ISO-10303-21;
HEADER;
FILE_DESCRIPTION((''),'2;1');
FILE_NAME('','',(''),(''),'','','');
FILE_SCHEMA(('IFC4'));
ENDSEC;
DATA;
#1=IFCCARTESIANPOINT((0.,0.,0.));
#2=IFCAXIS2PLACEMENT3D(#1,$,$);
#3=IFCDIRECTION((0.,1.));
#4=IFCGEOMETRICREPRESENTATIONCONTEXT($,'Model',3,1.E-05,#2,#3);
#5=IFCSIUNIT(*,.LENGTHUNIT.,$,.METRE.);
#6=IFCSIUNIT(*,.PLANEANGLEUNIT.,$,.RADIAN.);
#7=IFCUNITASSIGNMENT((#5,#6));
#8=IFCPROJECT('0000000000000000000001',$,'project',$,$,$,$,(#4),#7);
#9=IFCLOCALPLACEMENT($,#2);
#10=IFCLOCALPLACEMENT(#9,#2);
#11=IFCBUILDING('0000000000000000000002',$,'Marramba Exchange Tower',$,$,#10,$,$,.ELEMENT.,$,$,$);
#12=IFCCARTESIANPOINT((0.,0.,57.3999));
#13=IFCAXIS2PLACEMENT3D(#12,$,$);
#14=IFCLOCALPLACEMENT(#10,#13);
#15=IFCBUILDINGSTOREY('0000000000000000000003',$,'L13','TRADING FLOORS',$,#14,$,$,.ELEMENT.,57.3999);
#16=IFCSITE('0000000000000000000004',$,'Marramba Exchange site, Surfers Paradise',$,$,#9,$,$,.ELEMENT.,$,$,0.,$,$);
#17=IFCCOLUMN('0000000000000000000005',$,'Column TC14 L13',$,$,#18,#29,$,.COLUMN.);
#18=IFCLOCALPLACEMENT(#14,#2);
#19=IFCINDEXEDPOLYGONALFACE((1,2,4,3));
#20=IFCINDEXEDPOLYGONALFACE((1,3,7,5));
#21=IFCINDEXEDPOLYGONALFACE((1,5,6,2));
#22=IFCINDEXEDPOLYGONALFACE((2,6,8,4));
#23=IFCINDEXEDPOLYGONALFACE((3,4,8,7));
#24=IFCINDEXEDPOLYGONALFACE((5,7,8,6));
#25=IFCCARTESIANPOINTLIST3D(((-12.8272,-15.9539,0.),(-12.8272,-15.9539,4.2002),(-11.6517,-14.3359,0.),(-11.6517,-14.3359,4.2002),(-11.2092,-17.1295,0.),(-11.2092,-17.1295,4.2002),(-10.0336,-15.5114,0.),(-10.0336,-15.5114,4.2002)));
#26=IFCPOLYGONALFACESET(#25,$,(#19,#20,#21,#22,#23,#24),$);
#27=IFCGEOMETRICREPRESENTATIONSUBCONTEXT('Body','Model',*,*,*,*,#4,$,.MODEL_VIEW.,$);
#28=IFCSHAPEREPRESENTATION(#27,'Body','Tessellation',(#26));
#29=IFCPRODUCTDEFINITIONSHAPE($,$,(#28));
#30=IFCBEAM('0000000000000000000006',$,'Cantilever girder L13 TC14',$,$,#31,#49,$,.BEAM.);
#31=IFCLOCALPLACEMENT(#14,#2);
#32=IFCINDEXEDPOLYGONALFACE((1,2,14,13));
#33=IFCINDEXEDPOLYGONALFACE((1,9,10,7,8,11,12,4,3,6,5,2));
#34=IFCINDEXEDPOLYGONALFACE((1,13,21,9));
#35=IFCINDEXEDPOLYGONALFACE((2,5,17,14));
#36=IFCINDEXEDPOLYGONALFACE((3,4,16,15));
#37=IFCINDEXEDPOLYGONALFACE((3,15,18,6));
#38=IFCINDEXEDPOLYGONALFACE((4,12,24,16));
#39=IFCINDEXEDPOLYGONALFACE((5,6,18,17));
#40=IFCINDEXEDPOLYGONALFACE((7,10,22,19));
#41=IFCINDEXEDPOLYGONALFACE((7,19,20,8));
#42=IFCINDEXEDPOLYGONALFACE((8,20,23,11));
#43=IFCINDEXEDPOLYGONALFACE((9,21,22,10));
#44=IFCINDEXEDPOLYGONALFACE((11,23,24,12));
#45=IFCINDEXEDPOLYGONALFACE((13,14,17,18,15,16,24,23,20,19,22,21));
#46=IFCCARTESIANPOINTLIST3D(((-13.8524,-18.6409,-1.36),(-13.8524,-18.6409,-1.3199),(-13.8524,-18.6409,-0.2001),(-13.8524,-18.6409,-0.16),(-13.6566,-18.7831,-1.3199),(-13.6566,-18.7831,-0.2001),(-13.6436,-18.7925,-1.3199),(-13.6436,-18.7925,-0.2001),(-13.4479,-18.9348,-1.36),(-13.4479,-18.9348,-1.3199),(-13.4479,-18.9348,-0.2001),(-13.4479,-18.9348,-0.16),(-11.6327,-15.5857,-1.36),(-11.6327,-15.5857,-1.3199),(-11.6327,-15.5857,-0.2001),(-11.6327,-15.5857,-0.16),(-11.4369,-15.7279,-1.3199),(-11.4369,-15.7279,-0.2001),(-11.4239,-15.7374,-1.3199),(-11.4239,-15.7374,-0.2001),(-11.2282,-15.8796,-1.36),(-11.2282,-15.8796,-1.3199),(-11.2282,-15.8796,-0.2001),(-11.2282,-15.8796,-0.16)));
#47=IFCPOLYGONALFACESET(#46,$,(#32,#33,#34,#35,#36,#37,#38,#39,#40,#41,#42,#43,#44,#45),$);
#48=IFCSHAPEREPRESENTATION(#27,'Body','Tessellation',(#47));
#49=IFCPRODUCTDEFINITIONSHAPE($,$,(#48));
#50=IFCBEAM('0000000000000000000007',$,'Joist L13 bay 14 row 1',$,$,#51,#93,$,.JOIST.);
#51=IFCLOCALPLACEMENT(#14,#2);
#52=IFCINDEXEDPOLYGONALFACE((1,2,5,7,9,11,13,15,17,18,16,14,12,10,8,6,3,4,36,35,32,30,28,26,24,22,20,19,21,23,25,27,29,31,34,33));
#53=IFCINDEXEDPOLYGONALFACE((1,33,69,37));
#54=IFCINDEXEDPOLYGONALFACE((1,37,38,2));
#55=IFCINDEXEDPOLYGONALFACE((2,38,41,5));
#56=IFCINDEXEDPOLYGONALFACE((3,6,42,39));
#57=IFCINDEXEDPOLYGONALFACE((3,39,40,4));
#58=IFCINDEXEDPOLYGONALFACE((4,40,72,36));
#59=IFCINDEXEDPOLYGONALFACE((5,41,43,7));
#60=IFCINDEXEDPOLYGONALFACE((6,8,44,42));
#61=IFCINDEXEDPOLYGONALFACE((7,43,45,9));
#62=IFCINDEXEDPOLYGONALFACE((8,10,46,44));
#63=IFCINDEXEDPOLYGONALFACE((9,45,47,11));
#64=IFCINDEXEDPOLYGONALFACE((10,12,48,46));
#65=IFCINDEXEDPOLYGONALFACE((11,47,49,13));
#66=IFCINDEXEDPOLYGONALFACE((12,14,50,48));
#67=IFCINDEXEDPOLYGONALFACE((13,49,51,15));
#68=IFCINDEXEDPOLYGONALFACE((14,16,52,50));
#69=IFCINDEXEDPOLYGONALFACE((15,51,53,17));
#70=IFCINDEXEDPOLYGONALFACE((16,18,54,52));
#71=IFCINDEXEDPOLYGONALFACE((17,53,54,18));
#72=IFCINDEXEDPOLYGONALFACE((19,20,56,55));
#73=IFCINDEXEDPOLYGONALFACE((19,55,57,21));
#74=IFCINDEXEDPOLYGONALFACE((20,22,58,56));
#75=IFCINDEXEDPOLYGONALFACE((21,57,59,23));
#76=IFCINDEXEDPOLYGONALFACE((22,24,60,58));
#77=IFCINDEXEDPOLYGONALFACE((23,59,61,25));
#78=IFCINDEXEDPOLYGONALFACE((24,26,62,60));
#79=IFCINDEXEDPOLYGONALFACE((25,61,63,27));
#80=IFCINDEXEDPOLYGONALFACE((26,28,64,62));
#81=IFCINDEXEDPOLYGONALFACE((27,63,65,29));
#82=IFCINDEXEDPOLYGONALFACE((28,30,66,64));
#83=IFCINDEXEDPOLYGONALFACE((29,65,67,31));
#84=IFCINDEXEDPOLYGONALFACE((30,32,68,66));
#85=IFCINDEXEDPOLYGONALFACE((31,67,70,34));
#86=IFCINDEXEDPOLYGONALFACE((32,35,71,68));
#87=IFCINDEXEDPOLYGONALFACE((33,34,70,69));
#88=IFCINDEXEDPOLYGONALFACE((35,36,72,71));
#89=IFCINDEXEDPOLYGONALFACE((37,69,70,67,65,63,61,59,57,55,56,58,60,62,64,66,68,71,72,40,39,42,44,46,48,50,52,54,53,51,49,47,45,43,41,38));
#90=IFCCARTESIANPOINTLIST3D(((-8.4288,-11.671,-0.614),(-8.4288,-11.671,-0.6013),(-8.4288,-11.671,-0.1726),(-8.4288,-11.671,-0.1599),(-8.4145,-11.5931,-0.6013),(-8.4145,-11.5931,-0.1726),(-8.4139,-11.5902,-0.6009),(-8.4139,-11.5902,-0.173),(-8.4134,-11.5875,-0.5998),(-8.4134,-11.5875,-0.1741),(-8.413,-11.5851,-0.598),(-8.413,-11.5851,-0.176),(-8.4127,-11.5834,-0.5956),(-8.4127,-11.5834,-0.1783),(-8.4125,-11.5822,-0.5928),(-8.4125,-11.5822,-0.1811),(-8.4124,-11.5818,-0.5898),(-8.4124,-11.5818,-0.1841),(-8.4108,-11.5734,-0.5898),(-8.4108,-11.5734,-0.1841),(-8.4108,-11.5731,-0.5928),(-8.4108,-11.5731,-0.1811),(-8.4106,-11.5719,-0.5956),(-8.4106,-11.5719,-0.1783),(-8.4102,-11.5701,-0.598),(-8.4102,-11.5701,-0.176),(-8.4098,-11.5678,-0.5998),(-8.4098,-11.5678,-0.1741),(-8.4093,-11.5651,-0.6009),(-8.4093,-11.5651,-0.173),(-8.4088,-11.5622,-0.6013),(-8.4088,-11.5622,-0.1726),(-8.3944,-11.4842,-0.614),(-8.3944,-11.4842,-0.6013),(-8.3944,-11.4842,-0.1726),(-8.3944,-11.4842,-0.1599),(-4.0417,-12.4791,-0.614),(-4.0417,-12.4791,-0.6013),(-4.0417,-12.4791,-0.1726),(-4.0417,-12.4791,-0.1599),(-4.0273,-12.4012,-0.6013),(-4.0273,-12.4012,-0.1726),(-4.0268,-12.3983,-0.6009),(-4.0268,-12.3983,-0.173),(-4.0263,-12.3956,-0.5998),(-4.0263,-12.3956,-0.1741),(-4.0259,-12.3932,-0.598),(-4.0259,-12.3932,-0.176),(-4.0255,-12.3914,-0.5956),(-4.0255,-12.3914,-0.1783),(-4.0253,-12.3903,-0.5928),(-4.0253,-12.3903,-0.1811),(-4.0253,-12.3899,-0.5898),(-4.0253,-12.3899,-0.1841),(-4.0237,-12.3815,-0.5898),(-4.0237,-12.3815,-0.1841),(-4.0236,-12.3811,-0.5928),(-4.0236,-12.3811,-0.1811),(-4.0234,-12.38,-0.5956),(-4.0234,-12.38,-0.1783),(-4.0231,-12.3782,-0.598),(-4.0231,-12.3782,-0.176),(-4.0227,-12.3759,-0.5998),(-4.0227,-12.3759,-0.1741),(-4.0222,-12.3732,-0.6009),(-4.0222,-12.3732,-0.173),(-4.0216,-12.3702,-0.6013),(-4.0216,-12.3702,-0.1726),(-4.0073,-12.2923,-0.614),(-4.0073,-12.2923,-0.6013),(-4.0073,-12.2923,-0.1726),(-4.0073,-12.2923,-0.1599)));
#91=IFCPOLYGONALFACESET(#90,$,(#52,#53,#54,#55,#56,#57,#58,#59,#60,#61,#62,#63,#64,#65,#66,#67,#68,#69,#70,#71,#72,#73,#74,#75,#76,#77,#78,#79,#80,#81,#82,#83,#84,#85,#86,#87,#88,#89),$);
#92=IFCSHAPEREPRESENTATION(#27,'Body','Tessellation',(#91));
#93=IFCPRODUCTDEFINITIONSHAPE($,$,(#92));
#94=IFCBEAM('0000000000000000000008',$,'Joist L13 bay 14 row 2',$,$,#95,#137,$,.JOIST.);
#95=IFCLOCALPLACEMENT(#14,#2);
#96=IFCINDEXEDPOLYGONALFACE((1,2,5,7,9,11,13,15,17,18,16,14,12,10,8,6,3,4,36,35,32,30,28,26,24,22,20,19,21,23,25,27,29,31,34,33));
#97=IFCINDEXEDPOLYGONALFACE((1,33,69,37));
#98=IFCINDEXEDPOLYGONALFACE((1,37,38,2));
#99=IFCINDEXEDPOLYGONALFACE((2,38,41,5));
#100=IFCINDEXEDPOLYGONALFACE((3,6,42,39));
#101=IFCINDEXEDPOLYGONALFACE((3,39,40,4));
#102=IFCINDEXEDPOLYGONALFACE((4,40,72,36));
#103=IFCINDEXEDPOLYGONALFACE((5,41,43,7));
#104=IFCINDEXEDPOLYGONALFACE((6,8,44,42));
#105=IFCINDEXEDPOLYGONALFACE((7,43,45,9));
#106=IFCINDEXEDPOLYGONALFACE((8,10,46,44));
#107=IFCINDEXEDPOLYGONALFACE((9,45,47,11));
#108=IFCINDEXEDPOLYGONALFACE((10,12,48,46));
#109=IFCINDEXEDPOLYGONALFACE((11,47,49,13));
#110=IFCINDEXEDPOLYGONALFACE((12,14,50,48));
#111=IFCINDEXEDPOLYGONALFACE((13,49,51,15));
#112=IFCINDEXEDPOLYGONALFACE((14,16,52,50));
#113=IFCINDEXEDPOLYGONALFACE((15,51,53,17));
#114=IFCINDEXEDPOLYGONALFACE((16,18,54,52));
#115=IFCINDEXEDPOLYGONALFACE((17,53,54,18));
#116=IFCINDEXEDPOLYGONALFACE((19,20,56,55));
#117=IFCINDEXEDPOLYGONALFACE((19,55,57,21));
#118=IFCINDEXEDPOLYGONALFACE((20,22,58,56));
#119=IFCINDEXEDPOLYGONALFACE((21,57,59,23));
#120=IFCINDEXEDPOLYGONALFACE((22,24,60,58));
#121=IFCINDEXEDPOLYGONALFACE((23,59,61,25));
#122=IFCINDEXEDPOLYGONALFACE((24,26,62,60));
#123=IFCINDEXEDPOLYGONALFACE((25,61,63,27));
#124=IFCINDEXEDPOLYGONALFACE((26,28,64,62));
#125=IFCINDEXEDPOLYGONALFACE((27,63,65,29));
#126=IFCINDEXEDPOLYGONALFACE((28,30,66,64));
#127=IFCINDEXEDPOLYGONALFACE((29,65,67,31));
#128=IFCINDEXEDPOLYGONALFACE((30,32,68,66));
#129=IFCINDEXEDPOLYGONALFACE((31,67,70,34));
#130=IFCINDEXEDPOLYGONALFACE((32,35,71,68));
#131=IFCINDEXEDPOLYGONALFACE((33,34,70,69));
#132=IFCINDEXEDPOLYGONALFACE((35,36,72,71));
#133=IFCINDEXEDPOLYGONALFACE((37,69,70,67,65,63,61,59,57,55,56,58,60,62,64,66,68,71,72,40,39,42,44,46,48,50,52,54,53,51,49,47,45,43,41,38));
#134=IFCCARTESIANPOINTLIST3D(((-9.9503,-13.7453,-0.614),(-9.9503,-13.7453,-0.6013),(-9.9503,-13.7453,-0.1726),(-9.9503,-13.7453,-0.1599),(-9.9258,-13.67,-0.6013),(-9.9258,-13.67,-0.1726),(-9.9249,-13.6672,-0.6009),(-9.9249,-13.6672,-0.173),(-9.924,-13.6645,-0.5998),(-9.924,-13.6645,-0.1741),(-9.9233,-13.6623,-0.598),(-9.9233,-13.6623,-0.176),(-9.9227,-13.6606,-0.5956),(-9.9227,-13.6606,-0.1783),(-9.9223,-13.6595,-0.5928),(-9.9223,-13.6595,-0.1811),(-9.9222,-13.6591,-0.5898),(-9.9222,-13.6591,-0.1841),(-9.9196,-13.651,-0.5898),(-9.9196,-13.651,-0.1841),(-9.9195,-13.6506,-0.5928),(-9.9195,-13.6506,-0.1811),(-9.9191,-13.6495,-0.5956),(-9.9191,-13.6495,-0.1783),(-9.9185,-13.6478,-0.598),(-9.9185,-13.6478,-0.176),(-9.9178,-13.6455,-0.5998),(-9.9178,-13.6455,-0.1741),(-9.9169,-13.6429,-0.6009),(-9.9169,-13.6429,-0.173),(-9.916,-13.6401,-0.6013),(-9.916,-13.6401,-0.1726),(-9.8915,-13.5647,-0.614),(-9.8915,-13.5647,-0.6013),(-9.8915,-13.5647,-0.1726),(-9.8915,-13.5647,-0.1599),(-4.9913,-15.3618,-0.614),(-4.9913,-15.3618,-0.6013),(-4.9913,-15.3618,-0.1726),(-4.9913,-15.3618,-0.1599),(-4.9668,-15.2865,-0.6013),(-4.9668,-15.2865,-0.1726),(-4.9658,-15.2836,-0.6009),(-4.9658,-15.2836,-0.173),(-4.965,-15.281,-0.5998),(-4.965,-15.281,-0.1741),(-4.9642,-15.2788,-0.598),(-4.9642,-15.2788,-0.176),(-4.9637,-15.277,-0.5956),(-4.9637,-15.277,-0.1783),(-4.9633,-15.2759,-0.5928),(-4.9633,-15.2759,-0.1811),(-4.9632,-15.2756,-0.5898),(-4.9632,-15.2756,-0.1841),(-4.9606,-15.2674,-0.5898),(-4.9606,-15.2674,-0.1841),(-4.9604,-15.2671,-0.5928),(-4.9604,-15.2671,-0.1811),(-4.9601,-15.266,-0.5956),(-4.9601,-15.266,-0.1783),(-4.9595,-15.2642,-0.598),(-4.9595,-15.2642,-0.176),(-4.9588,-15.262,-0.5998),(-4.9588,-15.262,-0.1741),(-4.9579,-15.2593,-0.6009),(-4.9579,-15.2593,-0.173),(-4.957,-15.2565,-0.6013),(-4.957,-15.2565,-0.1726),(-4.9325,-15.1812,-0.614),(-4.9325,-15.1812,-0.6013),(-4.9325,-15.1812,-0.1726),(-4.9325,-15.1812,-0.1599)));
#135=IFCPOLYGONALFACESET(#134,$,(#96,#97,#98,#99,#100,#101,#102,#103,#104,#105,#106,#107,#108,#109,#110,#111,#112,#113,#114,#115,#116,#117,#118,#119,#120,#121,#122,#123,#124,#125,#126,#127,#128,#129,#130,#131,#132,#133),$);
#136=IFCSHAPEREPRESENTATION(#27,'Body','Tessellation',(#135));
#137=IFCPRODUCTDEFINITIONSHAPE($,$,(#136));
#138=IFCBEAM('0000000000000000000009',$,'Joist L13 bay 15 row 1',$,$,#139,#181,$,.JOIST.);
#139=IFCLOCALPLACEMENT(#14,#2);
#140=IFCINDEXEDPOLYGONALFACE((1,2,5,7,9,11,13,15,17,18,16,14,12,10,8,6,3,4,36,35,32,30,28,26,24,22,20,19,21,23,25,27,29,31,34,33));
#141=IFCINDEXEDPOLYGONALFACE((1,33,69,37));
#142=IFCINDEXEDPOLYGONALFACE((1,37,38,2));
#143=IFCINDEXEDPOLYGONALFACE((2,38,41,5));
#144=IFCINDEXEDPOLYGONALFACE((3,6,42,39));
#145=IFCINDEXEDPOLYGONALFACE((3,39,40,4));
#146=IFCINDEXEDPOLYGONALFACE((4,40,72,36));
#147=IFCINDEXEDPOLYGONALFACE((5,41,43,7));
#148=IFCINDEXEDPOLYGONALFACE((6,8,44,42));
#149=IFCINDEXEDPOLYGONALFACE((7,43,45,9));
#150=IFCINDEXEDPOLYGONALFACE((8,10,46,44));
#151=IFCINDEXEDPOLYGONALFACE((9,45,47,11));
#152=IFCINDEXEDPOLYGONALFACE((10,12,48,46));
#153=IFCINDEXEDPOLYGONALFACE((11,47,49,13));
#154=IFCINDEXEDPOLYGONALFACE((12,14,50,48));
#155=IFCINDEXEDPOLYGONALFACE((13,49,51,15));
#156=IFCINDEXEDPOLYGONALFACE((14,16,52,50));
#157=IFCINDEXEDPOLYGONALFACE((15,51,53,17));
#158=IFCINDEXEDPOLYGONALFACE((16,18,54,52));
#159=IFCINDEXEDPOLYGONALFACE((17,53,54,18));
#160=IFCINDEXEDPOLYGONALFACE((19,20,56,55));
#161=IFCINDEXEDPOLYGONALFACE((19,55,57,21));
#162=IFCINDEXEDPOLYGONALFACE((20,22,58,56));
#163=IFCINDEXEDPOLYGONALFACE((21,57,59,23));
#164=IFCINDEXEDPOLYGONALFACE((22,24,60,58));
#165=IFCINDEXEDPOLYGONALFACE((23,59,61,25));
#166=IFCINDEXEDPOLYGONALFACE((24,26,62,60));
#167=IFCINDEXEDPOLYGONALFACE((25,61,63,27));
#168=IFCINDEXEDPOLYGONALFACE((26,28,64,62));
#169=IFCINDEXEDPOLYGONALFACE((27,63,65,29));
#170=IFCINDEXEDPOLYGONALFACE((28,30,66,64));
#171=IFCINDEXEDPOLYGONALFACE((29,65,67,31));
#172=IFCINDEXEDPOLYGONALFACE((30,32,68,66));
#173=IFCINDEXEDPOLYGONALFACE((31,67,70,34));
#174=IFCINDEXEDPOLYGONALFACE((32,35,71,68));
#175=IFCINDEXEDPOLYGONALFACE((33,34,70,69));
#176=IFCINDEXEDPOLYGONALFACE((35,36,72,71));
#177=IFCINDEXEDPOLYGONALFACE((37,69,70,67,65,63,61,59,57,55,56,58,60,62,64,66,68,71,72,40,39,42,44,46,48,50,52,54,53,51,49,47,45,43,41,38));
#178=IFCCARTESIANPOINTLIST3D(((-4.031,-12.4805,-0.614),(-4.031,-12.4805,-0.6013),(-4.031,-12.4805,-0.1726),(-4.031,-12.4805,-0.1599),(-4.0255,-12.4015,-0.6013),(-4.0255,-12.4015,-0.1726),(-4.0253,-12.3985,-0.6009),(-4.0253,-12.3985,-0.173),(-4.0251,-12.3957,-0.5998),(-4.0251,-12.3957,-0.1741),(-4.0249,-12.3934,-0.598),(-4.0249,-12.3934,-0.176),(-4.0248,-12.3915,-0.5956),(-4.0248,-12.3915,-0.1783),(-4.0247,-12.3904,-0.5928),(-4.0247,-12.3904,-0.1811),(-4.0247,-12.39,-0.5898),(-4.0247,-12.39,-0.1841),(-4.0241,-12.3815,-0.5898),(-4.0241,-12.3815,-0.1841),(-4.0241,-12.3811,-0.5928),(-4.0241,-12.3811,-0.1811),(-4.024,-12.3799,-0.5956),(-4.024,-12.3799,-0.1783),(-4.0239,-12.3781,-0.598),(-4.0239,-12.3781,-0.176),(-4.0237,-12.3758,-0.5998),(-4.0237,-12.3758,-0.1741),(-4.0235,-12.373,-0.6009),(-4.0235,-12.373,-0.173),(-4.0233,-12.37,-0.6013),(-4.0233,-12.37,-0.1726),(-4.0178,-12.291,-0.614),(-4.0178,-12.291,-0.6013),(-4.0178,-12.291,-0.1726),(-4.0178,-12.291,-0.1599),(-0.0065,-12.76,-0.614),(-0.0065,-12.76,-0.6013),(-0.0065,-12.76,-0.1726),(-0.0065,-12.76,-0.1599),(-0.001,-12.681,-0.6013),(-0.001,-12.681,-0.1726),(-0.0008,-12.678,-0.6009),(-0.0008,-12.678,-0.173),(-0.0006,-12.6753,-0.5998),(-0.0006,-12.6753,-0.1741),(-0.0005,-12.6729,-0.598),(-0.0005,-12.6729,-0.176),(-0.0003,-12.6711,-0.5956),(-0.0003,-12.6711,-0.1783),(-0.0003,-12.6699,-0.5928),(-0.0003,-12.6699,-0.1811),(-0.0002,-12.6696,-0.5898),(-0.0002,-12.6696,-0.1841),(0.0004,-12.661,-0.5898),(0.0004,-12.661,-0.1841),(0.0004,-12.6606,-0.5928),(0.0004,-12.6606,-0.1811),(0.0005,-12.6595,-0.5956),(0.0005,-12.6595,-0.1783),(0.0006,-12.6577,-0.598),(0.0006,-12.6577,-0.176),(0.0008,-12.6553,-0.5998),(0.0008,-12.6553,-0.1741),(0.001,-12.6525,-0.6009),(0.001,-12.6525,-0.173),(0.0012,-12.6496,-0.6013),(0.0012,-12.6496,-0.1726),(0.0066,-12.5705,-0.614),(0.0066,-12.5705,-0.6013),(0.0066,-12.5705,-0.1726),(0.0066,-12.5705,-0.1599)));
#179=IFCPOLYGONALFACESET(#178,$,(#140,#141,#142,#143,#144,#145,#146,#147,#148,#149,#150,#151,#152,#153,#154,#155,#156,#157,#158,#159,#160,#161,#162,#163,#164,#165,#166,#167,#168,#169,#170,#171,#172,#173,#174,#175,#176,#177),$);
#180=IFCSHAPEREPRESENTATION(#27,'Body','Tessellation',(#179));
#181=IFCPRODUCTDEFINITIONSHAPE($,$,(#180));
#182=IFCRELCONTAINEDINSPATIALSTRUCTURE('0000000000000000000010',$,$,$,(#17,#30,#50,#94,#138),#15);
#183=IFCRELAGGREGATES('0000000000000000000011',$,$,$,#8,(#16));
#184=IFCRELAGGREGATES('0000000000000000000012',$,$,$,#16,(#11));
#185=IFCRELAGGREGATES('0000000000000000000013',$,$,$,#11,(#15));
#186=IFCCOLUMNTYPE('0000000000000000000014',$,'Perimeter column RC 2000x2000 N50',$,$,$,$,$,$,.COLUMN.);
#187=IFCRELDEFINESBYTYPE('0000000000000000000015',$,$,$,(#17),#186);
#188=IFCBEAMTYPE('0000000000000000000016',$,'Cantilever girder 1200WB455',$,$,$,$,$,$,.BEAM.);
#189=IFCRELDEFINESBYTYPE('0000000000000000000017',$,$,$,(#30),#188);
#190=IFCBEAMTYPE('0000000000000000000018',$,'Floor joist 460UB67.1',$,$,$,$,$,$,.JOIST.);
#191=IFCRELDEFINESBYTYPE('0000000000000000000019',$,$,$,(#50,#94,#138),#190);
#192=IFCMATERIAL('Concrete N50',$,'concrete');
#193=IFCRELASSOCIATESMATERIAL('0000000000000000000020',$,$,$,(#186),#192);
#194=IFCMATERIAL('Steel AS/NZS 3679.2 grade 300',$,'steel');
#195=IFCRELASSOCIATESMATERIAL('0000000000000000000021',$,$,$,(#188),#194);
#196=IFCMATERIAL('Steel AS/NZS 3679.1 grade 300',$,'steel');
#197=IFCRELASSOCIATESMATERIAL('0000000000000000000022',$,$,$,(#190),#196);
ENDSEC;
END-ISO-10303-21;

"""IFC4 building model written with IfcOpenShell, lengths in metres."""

from ifc_helpers import new_model, si_unit, direction, frame, origin, origin_2d, place, context, subcontext, project, spatial, rectangle, i_section, extrude, material, material_profile, profile_set, type_object, element, save


model = new_model("IFC4")

# Units and contexts
model_context = context("Model", 3, precision=1e-05, world=origin(), true_north=direction((0.0, 1.0)))
body_context = subcontext(model_context, "Body", "Model", "MODEL_VIEW")
ifc_project = project(units=[si_unit("LENGTHUNIT", "METRE"), si_unit("PLANEANGLEUNIT", "RADIAN")], contexts=[model_context])

# Site, building, storey
site_placement = place(None, origin())
site = spatial("IfcSite", under=ifc_project, at=site_placement, Name="Marramba Exchange site, Surfers Paradise", CompositionType="ELEMENT", RefElevation=0.0)
building_placement = place(site_placement, origin())
building = spatial("IfcBuilding", under=site, at=building_placement, Name="Marramba Exchange Tower", CompositionType="ELEMENT")
storey_placement = place(building_placement, frame((0.0, 0.0, 57.3999)))
storey = spatial("IfcBuildingStorey", under=building, at=storey_placement, Name="L13", Description="TRADING FLOORS", CompositionType="ELEMENT", Elevation=57.3999)

# Column
ifc_material_1 = material(Name="Concrete N50", Category="concrete")
ifc_material_profile_1 = material_profile(ifc_material_1, rectangle(XDim=2.0, YDim=2.0, at=origin_2d()), Name="RC 2000x2000")
ifc_profile_set_1 = profile_set([ifc_material_profile_1], Name="Concrete N50")
column_type = type_object("IfcColumnType", Name="Perimeter column RC 2000x2000 N50", PredefinedType="COLUMN", material=ifc_profile_set_1)
column_placement = place(storey_placement, frame((-11.4304, -15.7327, 0.0), z_axis=(0.0, 0.0, 1.0), x_axis=(-0.587785, -0.809017, 0.0)))
element("IfcColumn", 1, at=column_placement, inside=storey, type_object=column_type, Name="Column TC14 L13", PredefinedType="COLUMN", context=body_context, shape_type="SweptSolid", body=[
    extrude(rectangle(XDim=2.0, YDim=2.0, at=origin_2d()), origin(), (0.0, 0.0, 1.0), 4.2002),
])

# Beams
ifc_material_2 = material(Name="Steel AS/NZS 3679.2 grade 300", Category="steel")
ifc_material_profile_2 = material_profile(ifc_material_2, i_section(OverallWidth=0.5, OverallDepth=1.2, WebThickness=0.0161, FlangeThickness=0.04, at=origin_2d()), Name="1200WB455")
ifc_profile_set_2 = profile_set([ifc_material_profile_2], Name="Steel AS/NZS 3679.2 grade 300")
beam_type_1 = type_object("IfcBeamType", Name="Cantilever girder 1200WB455", PredefinedType="BEAM", material=ifc_profile_set_2)
beam_1_placement = place(storey_placement, frame((-11.4304, -15.7327, -0.76), z_axis=(-0.587787, -0.809016, 0.0), x_axis=(0.809016, -0.587787, 0.0)))
element("IfcBeam", 2, at=beam_1_placement, inside=storey, type_object=beam_type_1, Name="Cantilever girder L13 TC14", PredefinedType="BEAM", context=body_context, shape_type="SweptSolid", body=[
    extrude(i_section(OverallWidth=0.5, OverallDepth=1.2, WebThickness=0.0161, FlangeThickness=0.04, at=origin_2d()), origin(), (0.0, 0.0, 1.0), 3.7764),
])
ifc_material_3 = material(Name="Steel AS/NZS 3679.1 grade 300", Category="steel")
ifc_material_profile_3 = material_profile(ifc_material_3, i_section(OverallWidth=0.1899, OverallDepth=0.4541, WebThickness=0.0085, FlangeThickness=0.0127, FilletRadius=0.0115, at=origin_2d()), Name="460UB67.1")
ifc_profile_set_3 = profile_set([ifc_material_profile_3], Name="Steel AS/NZS 3679.1 grade 300")
beam_type_2 = type_object("IfcBeamType", Name="Floor joist 460UB67.1", PredefinedType="JOIST", material=ifc_profile_set_3)
beam_2_placement = place(storey_placement, frame((-8.4116, -11.5776, -0.387), z_axis=(0.983456, -0.181149, 0.0), x_axis=(0.181149, 0.983456, 0.0)))
element("IfcBeam", 3, at=beam_2_placement, inside=storey, type_object=beam_type_2, Name="Joist L13 bay 14 row 1", PredefinedType="JOIST", context=body_context, shape_type="SweptSolid", body=[
    extrude(i_section(OverallWidth=0.1899, OverallDepth=0.4541, WebThickness=0.0085, FlangeThickness=0.0127, FilletRadius=0.0115, at=origin_2d()), origin(), (0.0, 0.0, 1.0), 4.4609),
])
beam_3_placement = place(storey_placement, frame((-9.9209, -13.655, -0.387), z_axis=(0.950764, -0.309916, 0.0), x_axis=(0.309916, 0.950764, 0.0)))
element("IfcBeam", 4, at=beam_3_placement, inside=storey, type_object=beam_type_2, Name="Joist L13 bay 14 row 2", PredefinedType="JOIST", context=body_context, shape_type="SweptSolid", body=[
    extrude(i_section(OverallWidth=0.1899, OverallDepth=0.4541, WebThickness=0.0085, FlangeThickness=0.0127, FilletRadius=0.0115, at=origin_2d()), origin(), (0.0, 0.0, 1.0), 5.2158),
])
beam_4_placement = place(storey_placement, frame((-4.0244, -12.3857, -0.387), z_axis=(0.997596, -0.069294, 0.0), x_axis=(0.069294, 0.997596, 0.0)))
element("IfcBeam", 5, at=beam_4_placement, inside=storey, type_object=beam_type_2, Name="Joist L13 bay 15 row 1", PredefinedType="JOIST", context=body_context, shape_type="SweptSolid", body=[
    extrude(i_section(OverallWidth=0.1899, OverallDepth=0.4541, WebThickness=0.0085, FlangeThickness=0.0127, FilletRadius=0.0115, at=origin_2d()), origin(), (0.0, 0.0, 1.0), 4.0342),
])

save(model, "model.ifc")
